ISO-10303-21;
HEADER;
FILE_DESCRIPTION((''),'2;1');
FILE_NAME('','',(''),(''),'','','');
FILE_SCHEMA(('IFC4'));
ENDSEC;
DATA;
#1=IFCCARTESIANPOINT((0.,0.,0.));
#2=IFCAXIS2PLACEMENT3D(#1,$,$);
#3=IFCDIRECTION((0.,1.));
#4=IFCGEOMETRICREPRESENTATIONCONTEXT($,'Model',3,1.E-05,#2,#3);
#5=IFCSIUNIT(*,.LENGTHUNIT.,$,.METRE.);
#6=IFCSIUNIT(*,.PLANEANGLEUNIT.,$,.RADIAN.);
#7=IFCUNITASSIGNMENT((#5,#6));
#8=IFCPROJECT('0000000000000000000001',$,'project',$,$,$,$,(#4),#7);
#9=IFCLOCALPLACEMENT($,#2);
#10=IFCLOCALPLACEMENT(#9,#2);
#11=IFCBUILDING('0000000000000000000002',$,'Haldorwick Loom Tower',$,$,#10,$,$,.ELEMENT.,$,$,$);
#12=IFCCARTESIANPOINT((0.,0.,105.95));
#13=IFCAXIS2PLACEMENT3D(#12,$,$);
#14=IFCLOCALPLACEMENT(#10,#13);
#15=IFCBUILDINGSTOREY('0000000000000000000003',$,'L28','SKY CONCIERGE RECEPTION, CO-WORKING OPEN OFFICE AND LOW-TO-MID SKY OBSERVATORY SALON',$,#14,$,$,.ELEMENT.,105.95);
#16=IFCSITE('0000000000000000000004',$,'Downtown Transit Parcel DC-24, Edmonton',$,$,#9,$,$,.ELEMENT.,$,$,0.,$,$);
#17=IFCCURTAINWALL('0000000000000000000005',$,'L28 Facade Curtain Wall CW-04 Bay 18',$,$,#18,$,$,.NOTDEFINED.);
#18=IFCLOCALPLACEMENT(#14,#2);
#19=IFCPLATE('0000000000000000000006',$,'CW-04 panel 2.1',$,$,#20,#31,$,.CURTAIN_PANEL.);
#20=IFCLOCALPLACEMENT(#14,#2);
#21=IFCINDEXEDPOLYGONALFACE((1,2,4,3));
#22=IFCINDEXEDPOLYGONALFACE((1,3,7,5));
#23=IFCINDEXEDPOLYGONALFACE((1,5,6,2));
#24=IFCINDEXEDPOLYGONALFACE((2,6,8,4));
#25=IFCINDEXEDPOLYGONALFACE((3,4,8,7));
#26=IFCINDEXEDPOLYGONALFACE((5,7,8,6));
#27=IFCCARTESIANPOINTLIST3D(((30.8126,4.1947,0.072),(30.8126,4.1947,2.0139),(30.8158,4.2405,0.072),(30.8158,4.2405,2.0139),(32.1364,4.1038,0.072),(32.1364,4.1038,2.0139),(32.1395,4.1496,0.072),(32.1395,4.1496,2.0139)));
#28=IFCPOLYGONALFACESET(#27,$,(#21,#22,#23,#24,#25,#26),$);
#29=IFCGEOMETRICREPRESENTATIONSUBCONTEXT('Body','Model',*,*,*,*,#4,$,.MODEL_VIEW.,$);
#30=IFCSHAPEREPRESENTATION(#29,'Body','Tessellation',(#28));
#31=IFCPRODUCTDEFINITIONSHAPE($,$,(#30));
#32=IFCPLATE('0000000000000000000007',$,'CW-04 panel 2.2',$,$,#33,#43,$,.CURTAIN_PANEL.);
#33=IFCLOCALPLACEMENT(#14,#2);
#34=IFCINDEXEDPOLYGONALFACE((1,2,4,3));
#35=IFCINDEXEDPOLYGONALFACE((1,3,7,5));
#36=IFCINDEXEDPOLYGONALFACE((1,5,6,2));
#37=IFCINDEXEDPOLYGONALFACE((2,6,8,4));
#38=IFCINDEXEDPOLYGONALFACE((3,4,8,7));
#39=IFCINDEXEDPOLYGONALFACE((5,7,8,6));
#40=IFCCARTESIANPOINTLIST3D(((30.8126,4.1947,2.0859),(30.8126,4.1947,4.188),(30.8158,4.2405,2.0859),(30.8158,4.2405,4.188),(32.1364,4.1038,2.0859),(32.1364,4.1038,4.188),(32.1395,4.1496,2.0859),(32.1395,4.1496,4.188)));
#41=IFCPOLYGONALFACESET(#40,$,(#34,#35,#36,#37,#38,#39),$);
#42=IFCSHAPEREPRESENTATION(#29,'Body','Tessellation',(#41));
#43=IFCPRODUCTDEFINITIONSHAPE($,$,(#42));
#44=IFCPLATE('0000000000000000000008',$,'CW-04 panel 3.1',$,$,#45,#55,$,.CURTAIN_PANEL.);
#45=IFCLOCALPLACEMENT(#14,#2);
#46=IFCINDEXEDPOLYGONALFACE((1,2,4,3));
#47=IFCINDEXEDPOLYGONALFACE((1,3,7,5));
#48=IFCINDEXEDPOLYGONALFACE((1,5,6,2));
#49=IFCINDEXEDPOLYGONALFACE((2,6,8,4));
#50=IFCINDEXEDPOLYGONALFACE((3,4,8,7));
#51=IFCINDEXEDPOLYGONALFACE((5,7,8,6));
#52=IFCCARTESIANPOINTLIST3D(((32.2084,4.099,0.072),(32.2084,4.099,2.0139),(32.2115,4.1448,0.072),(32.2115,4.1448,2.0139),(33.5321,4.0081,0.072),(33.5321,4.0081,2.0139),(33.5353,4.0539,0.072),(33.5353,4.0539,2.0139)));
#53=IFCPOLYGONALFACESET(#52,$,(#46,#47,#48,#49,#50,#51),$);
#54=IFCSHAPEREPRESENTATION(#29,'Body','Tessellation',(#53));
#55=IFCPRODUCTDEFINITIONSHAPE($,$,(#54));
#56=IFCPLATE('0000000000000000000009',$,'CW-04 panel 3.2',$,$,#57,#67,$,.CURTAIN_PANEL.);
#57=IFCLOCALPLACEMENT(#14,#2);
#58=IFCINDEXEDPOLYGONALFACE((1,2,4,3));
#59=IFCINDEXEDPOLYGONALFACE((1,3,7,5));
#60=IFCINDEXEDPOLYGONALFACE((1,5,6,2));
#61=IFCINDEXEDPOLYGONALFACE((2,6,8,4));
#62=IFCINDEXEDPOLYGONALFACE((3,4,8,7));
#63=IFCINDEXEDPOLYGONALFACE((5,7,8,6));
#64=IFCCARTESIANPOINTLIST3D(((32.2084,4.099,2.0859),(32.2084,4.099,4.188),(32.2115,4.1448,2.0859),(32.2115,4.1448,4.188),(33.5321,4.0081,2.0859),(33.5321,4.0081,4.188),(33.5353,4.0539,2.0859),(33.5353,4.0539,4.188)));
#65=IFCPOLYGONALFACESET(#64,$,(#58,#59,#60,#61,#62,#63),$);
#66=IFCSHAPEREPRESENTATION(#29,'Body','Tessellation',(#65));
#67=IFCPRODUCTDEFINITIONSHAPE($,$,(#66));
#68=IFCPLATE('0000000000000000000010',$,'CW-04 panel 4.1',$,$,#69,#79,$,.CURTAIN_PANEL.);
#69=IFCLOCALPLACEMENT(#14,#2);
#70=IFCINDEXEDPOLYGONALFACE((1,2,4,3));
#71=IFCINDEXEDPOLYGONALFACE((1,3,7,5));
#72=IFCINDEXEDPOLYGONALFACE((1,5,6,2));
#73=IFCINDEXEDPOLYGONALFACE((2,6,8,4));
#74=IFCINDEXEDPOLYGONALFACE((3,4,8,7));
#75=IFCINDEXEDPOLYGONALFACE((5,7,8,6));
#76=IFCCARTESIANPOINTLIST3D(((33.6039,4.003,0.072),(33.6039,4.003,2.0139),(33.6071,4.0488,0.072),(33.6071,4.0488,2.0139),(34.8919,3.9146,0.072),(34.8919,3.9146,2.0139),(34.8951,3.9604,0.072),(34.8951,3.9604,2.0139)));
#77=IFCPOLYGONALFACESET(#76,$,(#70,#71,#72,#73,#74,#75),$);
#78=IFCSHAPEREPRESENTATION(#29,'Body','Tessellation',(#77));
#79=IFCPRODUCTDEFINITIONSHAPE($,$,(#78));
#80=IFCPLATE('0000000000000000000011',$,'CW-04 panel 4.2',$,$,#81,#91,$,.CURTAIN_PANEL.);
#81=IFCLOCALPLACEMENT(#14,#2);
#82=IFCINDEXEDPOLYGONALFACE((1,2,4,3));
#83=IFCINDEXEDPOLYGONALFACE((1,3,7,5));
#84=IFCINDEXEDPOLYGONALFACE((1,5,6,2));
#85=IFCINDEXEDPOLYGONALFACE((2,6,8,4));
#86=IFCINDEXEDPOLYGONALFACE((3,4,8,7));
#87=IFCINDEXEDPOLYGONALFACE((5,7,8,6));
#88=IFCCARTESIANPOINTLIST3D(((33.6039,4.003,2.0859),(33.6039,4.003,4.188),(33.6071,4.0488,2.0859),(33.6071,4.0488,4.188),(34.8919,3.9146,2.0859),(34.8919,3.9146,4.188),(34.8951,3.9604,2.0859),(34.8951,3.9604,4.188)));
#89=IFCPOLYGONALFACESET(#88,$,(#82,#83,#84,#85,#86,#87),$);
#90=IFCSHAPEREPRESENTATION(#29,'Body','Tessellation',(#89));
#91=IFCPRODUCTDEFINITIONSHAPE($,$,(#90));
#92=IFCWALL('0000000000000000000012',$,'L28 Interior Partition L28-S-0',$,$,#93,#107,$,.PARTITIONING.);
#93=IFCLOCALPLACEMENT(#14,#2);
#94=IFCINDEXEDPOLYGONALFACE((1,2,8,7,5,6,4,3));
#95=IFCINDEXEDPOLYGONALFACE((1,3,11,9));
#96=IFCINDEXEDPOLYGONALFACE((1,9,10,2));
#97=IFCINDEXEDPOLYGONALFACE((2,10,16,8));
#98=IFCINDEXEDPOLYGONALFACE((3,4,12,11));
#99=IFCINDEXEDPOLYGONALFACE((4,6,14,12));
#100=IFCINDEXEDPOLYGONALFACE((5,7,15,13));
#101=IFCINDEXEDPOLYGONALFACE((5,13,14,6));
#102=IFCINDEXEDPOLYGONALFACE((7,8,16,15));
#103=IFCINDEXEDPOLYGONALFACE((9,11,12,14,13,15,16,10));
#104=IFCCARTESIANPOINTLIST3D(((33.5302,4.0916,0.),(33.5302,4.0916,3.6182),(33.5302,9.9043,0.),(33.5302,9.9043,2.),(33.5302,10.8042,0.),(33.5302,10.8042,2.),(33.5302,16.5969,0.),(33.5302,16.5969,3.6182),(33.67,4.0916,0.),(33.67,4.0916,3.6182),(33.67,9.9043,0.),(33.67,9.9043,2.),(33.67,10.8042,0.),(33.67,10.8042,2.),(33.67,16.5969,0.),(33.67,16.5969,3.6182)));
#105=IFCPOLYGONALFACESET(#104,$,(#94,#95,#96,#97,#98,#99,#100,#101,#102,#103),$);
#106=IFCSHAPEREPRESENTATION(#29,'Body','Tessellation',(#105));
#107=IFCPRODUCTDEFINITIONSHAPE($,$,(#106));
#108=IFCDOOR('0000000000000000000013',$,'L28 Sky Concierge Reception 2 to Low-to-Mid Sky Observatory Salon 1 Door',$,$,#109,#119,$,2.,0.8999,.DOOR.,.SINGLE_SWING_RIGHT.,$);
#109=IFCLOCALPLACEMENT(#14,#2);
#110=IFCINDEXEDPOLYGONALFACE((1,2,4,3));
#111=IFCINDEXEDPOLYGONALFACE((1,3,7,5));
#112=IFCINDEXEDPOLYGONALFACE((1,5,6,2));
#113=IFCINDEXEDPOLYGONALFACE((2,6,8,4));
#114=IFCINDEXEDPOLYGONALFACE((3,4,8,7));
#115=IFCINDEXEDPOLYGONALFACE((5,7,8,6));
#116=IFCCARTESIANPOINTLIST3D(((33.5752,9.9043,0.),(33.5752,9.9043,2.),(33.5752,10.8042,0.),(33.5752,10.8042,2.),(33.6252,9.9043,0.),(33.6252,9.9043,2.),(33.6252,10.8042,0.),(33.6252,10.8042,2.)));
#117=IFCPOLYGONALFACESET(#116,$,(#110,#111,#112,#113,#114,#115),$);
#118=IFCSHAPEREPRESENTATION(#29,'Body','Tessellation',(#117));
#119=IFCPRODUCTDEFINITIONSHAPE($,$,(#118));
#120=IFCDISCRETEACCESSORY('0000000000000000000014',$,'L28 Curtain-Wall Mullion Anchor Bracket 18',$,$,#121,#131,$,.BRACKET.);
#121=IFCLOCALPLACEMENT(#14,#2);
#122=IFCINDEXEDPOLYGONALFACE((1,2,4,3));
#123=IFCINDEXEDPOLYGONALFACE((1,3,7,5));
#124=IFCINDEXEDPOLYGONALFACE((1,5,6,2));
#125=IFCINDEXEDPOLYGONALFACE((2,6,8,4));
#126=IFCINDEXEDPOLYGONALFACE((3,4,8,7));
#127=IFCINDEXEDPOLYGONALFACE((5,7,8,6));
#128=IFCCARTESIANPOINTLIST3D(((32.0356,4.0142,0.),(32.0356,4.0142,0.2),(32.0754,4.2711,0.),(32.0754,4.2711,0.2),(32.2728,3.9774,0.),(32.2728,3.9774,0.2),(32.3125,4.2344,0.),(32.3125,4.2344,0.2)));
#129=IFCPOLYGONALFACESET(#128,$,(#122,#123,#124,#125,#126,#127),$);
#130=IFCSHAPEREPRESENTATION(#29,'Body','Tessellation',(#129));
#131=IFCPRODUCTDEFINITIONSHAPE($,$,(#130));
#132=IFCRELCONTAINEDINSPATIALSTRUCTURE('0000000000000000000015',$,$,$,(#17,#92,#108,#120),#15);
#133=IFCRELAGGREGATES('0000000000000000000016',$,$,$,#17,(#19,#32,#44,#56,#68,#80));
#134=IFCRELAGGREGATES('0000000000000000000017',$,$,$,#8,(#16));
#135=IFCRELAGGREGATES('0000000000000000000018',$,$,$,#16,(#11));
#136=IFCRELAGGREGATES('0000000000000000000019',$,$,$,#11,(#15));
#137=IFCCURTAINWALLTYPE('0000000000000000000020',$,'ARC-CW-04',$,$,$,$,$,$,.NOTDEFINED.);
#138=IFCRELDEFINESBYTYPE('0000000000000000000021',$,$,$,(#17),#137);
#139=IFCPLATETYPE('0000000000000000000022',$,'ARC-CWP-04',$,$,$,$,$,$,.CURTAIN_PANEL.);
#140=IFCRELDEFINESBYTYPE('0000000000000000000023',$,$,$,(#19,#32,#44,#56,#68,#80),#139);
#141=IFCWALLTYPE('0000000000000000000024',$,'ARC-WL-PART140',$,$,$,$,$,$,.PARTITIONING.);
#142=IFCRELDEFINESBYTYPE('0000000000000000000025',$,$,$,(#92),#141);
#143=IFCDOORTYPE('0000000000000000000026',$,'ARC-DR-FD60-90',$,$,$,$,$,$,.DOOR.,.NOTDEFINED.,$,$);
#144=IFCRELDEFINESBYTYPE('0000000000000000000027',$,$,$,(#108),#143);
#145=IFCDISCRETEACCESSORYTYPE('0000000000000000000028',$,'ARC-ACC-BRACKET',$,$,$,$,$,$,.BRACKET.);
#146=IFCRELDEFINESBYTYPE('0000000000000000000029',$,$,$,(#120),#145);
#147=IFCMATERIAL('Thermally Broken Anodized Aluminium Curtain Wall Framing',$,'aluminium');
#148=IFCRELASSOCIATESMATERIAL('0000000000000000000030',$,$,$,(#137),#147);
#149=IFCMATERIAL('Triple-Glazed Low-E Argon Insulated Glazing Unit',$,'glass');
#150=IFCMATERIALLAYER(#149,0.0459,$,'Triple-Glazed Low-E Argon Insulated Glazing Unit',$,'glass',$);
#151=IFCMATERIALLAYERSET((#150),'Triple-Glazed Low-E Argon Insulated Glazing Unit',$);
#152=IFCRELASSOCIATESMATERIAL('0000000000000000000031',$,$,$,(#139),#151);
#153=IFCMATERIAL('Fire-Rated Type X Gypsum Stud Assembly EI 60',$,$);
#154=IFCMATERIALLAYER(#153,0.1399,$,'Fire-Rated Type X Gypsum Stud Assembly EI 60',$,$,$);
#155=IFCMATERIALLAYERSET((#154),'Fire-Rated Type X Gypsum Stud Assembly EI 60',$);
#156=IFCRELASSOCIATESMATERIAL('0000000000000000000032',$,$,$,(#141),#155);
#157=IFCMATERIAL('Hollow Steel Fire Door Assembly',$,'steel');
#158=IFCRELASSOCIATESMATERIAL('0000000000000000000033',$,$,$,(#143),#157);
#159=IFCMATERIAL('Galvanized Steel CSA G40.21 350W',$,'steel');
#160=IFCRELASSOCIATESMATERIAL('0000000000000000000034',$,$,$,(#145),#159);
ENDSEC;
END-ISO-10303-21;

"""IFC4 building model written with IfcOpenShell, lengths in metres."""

from ifc_helpers import new_model, si_unit, direction, frame, frame_2d, origin, origin_2d, place, context, subcontext, project, spatial, rectangle, extrude, material, layer, layer_set, type_object, element, fill, aggregate, save


model = new_model("IFC4")

# Units and contexts
model_context = context("Model", 3, precision=1e-05, world=origin(), true_north=direction((0.0, 1.0)))
body_context = subcontext(model_context, "Body", "Model", "MODEL_VIEW")
ifc_project = project(units=[si_unit("LENGTHUNIT", "METRE"), si_unit("PLANEANGLEUNIT", "RADIAN")], contexts=[model_context])

# Site, building, storey
site_placement = place(None, origin())
site = spatial("IfcSite", under=ifc_project, at=site_placement, Name="Downtown Transit Parcel DC-24, Edmonton", CompositionType="ELEMENT", RefElevation=0.0)
building_placement = place(site_placement, origin())
building = spatial("IfcBuilding", under=site, at=building_placement, Name="Haldorwick Loom Tower", CompositionType="ELEMENT")
storey_placement = place(building_placement, frame((0.0, 0.0, 105.95)))
storey = spatial("IfcBuildingStorey", under=building, at=storey_placement, Name="L28", Description="SKY CONCIERGE RECEPTION, CO-WORKING OPEN OFFICE AND LOW-TO-MID SKY OBSERVATORY SALON", CompositionType="ELEMENT", Elevation=105.95)

# Curtain wall
ifc_material_1 = material(Name="Thermally Broken Anodized Aluminium Curtain Wall Framing", Category="aluminium")
curtain_wall_type_1 = type_object("IfcCurtainWallType", Name="ARC-CW-04", PredefinedType="NOTDEFINED", material=ifc_material_1)
curtain_wall_1_placement = place(storey_placement, origin())
curtain_wall_1 = element("IfcCurtainWall", 1, at=curtain_wall_1_placement, inside=storey, type_object=curtain_wall_type_1, Name="L28 Facade Curtain Wall CW-04 Bay 18", PredefinedType="NOTDEFINED")

# Plates
ifc_material_2 = material(Name="Triple-Glazed Low-E Argon Insulated Glazing Unit", Category="glass")
ifc_layer_1 = layer(ifc_material_2, 0.0459, Name="Triple-Glazed Low-E Argon Insulated Glazing Unit", Category="glass")
ifc_layer_set_1 = layer_set([ifc_layer_1], Name="Triple-Glazed Low-E Argon Insulated Glazing Unit")
plate_type_1 = type_object("IfcPlateType", Name="ARC-CWP-04", PredefinedType="CURTAIN_PANEL", material=ifc_layer_set_1)
plate_1_placement = place(storey_placement, frame((31.4761, 4.1721, 0.072), z_axis=(0.0, 0.0, 1.0), x_axis=(0.997651, -0.068496, 0.0)))
plate_1 = element("IfcPlate", 2, at=plate_1_placement, type_object=plate_type_1, Name="CW-04 panel 2.1", PredefinedType="CURTAIN_PANEL", context=body_context, shape_type="SweptSolid", body=[
    extrude(rectangle(XDim=1.3269, YDim=0.0459, at=origin_2d()), origin(), (0.0, 0.0, 1.0), 1.9419),
])
plate_2_placement = place(storey_placement, frame((31.4761, 4.1721, 2.0859), z_axis=(0.0, 0.0, 1.0), x_axis=(0.997651, -0.068496, 0.0)))
plate_2 = element("IfcPlate", 3, at=plate_2_placement, type_object=plate_type_1, Name="CW-04 panel 2.2", PredefinedType="CURTAIN_PANEL", context=body_context, shape_type="SweptSolid", body=[
    extrude(rectangle(XDim=1.3269, YDim=0.0459, at=origin_2d()), origin(), (0.0, 0.0, 1.0), 2.1021),
])
plate_3_placement = place(storey_placement, frame((32.8718, 4.0764, 0.072), z_axis=(0.0, 0.0, 1.0), x_axis=(0.997651, -0.068496, 0.0)))
plate_3 = element("IfcPlate", 4, at=plate_3_placement, type_object=plate_type_1, Name="CW-04 panel 3.1", PredefinedType="CURTAIN_PANEL", context=body_context, shape_type="SweptSolid", body=[
    extrude(rectangle(XDim=1.3269, YDim=0.0459, at=origin_2d()), origin(), (0.0, 0.0, 1.0), 1.9419),
])
plate_4_placement = place(storey_placement, frame((32.8718, 4.0764, 2.0859), z_axis=(0.0, 0.0, 1.0), x_axis=(0.997651, -0.068496, 0.0)))
plate_4 = element("IfcPlate", 5, at=plate_4_placement, type_object=plate_type_1, Name="CW-04 panel 3.2", PredefinedType="CURTAIN_PANEL", context=body_context, shape_type="SweptSolid", body=[
    extrude(rectangle(XDim=1.3269, YDim=0.0459, at=origin_2d()), origin(), (0.0, 0.0, 1.0), 2.1021),
])
plate_5_placement = place(storey_placement, frame((34.2495, 3.9817, 0.072), z_axis=(0.0, 0.0, 1.0), x_axis=(0.997651, -0.068496, 0.0)))
plate_5 = element("IfcPlate", 6, at=plate_5_placement, type_object=plate_type_1, Name="CW-04 panel 4.1", PredefinedType="CURTAIN_PANEL", context=body_context, shape_type="SweptSolid", body=[
    extrude(rectangle(XDim=1.291, YDim=0.0459, at=origin_2d()), origin(), (0.0, 0.0, 1.0), 1.9419),
])
plate_6_placement = place(storey_placement, frame((34.2495, 3.9817, 2.0859), z_axis=(0.0, 0.0, 1.0), x_axis=(0.997651, -0.068496, 0.0)))
plate_6 = element("IfcPlate", 7, at=plate_6_placement, type_object=plate_type_1, Name="CW-04 panel 4.2", PredefinedType="CURTAIN_PANEL", context=body_context, shape_type="SweptSolid", body=[
    extrude(rectangle(XDim=1.291, YDim=0.0459, at=origin_2d()), origin(), (0.0, 0.0, 1.0), 2.1021),
])
aggregate(curtain_wall_1, [plate_1, plate_2, plate_3, plate_4, plate_5, plate_6])

# Wall, opening, door
ifc_material_3 = material(Name="Fire-Rated Type X Gypsum Stud Assembly EI 60")
ifc_layer_2 = layer(ifc_material_3, 0.1399, Name="Fire-Rated Type X Gypsum Stud Assembly EI 60")
ifc_layer_set_2 = layer_set([ifc_layer_2], Name="Fire-Rated Type X Gypsum Stud Assembly EI 60")
wall_type = type_object("IfcWallType", Name="ARC-WL-PART140", PredefinedType="PARTITIONING", material=ifc_layer_set_2)
wall_placement = place(storey_placement, frame((33.6001, 4.0916, 0.0), z_axis=(0.0, 0.0, 1.0), x_axis=(0.0, 1.0, 0.0)))
wall = element("IfcWall", 8, at=wall_placement, inside=storey, type_object=wall_type, Name="L28 Interior Partition L28-S-0", PredefinedType="PARTITIONING", context=body_context, shape_type="SweptSolid", body=[
    extrude(rectangle(XDim=12.5054, YDim=0.1399, at=frame_2d((6.2527, 0.0))), origin(), (0.0, 0.0, 1.0), 3.6182),
])
opening_placement = place(wall_placement, frame((5.8127, 0.0, 0.0)))
opening = element("IfcOpeningElement", 9, at=opening_placement, cuts=wall, PredefinedType="OPENING", context=body_context, shape_type="SweptSolid", body=[
    extrude(rectangle(XDim=0.8999, YDim=2.0, at=frame_2d((0.45, 1.0))), frame((0.0, 0.0798, 0.0), z_axis=(0.0, -1.0, 0.0), x_axis=(1.0, 0.0, 0.0)), (0.0, 0.0, 1.0), 0.1599),
])
ifc_material_4 = material(Name="Hollow Steel Fire Door Assembly", Category="steel")
door_type = type_object("IfcDoorType", Name="ARC-DR-FD60-90", OperationType="NOTDEFINED", PredefinedType="DOOR", material=ifc_material_4)
door_placement = place(opening_placement, origin())
door = element("IfcDoor", 10, at=door_placement, inside=storey, type_object=door_type, Name="L28 Sky Concierge Reception 2 to Low-to-Mid Sky Observatory Salon 1 Door", OperationType="SINGLE_SWING_RIGHT", OverallHeight=2.0, OverallWidth=0.8999, PredefinedType="DOOR", context=body_context, shape_type="SweptSolid", body=[
    extrude(rectangle(XDim=0.8999, YDim=2.0, at=frame_2d((0.45, 1.0))), frame((0.0, 0.0249, 0.0), z_axis=(0.0, -1.0, 0.0), x_axis=(1.0, 0.0, 0.0)), (0.0, 0.0, 1.0), 0.05),
])
fill(opening, door)

# Discrete accessory
ifc_material_5 = material(Name="Galvanized Steel CSA G40.21 350W", Category="steel")
discrete_accessory_type = type_object("IfcDiscreteAccessoryType", Name="ARC-ACC-BRACKET", PredefinedType="BRACKET", material=ifc_material_5)
discrete_accessory_placement = place(storey_placement, frame((32.1741, 4.1243, 0.0), z_axis=(0.0, 0.0, 1.0), x_axis=(-0.152986, -0.988228, 0.0)))
element("IfcDiscreteAccessory", 11, at=discrete_accessory_placement, inside=storey, type_object=discrete_accessory_type, Name="L28 Curtain-Wall Mullion Anchor Bracket 18", PredefinedType="BRACKET", context=body_context, shape_type="SweptSolid", body=[
    extrude(rectangle(XDim=0.26, YDim=0.24, at=origin_2d()), origin(), (0.0, 0.0, 1.0), 0.2),
])

save(model, "model.ifc")
